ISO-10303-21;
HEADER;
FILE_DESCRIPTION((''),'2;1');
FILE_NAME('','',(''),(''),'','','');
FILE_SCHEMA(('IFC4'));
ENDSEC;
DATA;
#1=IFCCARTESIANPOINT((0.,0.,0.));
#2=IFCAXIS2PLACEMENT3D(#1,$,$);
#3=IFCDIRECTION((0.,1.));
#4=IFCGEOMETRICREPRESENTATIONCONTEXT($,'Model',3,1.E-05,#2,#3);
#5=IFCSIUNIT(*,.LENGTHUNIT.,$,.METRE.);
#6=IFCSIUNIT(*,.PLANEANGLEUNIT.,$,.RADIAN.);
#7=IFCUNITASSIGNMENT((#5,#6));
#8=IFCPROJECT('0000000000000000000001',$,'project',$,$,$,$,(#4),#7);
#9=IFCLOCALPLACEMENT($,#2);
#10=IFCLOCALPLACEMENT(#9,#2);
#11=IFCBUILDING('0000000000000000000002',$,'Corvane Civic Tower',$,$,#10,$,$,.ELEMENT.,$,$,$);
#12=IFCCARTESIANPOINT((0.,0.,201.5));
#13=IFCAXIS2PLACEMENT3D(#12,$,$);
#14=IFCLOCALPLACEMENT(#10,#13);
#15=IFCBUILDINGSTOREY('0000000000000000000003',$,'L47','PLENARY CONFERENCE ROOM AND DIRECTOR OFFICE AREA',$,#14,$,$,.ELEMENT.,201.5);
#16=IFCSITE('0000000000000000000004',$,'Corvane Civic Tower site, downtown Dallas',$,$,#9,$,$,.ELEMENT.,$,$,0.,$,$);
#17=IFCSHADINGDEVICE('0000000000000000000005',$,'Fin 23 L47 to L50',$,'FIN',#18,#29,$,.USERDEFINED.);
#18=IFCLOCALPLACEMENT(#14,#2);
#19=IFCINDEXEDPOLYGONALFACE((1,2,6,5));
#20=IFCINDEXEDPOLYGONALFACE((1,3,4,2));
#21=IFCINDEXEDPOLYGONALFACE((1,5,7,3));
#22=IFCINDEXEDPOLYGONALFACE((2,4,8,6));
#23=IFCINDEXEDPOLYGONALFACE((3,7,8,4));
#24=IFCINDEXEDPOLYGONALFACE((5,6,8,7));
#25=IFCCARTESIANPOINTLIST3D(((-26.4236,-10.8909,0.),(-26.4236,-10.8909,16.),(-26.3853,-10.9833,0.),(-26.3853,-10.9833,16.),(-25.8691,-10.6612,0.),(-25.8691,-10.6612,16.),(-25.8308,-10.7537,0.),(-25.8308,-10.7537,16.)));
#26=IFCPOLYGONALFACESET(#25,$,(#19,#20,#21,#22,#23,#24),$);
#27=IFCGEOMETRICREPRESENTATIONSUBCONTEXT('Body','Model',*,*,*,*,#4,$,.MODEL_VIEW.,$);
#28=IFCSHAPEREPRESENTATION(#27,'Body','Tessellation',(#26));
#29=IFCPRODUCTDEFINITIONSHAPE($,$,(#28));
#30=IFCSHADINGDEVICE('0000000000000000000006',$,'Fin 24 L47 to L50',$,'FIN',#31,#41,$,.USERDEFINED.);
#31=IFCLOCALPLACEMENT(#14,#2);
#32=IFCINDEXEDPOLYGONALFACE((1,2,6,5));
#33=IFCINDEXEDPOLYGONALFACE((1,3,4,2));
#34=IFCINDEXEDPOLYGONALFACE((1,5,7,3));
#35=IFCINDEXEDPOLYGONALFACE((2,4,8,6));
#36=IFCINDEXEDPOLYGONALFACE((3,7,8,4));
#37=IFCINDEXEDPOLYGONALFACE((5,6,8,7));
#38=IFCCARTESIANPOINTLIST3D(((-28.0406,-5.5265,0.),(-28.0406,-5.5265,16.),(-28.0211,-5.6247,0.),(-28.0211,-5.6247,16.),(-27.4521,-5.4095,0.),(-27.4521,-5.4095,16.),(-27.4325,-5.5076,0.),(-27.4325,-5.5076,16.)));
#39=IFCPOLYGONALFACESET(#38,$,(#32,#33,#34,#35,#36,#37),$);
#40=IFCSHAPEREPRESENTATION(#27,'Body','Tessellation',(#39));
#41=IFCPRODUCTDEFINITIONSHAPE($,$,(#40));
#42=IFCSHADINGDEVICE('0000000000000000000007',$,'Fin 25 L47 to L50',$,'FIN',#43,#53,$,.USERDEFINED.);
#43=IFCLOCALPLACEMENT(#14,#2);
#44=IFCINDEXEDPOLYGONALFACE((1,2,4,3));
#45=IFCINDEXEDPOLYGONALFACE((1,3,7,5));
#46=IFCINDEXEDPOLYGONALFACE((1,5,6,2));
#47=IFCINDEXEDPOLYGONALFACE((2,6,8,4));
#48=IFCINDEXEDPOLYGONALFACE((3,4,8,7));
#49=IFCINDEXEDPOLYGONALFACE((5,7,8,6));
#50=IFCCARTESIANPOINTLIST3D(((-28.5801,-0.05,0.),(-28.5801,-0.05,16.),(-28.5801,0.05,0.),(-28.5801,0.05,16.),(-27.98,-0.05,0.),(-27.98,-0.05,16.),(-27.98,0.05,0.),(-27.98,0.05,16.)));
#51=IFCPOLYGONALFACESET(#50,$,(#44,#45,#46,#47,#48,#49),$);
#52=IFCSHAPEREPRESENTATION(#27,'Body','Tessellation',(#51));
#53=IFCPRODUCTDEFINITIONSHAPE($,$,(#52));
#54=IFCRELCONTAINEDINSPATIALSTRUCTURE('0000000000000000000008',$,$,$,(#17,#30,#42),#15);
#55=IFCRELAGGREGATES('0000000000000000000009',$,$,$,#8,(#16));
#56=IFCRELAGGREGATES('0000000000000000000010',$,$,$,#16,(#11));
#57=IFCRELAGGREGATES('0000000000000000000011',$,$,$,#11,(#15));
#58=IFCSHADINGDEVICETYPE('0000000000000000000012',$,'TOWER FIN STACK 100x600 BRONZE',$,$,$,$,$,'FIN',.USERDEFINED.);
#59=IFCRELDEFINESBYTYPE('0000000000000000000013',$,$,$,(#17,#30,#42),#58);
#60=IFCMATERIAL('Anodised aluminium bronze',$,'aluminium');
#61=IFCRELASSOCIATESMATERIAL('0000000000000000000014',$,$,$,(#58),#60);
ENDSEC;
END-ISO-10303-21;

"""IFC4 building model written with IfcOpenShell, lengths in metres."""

from ifc_helpers import new_model, si_unit, direction, frame, origin, origin_2d, place, context, subcontext, project, spatial, rectangle, extrude, material, material_profile, profile_set, type_object, element, save


model = new_model("IFC4")

# Units and contexts
model_context = context("Model", 3, precision=1e-05, world=origin(), true_north=direction((0.0, 1.0)))
body_context = subcontext(model_context, "Body", "Model", "MODEL_VIEW")
ifc_project = project(units=[si_unit("LENGTHUNIT", "METRE"), si_unit("PLANEANGLEUNIT", "RADIAN")], contexts=[model_context])

# Site, building, storey
site_placement = place(None, origin())
site = spatial("IfcSite", under=ifc_project, at=site_placement, Name="Corvane Civic Tower site, downtown Dallas", CompositionType="ELEMENT", RefElevation=0.0)
building_placement = place(site_placement, origin())
building = spatial("IfcBuilding", under=site, at=building_placement, Name="Corvane Civic Tower", CompositionType="ELEMENT")
storey_placement = place(building_placement, frame((0.0, 0.0, 201.5)))
storey = spatial("IfcBuildingStorey", under=building, at=storey_placement, Name="L47", Description="PLENARY CONFERENCE ROOM AND DIRECTOR OFFICE AREA", CompositionType="ELEMENT", Elevation=201.5)

# Shading devices
ifc_material_1 = material(Name="Anodised aluminium bronze", Category="aluminium")
ifc_material_profile_1 = material_profile(ifc_material_1, rectangle(XDim=0.1001, YDim=0.6001, at=origin_2d()), Name="TOWER FIN STACK 100x600 BRONZE")
ifc_profile_set_1 = profile_set([ifc_material_profile_1], Name="Anodised aluminium bronze")
shading_device_type = type_object("IfcShadingDeviceType", Name="TOWER FIN STACK 100x600 BRONZE", ElementType="FIN", PredefinedType="USERDEFINED", material=ifc_profile_set_1)
for number, where, z_axis, x_axis, name in (
    (1, (-26.1272, -10.8223, 0.0), (0.0, 0.0, 1.0), (-0.382683, 0.92388, 0.0), "Fin 23 L47 to L50"),
    (2, (-27.7366, -5.5171, 0.0), (0.0, 0.0, 1.0), (-0.19509, 0.980785, 0.0), "Fin 24 L47 to L50"),
    (3, (-28.28, 0.0, 0.0), (0.0, 0.0, 1.0), (0.0, 1.0, 0.0), "Fin 25 L47 to L50"),
):
    element("IfcShadingDevice", number, at=place(storey_placement, frame(where, z_axis=z_axis, x_axis=x_axis)), inside=storey, type_object=shading_device_type, Name=name, ObjectType="FIN", PredefinedType="USERDEFINED", context=body_context, shape_type="SweptSolid", body=[
        extrude(rectangle(XDim=0.1001, YDim=0.6001, at=origin_2d()), origin(), (0.0, 0.0, 1.0), 16.0),
    ])

save(model, "model.ifc")
